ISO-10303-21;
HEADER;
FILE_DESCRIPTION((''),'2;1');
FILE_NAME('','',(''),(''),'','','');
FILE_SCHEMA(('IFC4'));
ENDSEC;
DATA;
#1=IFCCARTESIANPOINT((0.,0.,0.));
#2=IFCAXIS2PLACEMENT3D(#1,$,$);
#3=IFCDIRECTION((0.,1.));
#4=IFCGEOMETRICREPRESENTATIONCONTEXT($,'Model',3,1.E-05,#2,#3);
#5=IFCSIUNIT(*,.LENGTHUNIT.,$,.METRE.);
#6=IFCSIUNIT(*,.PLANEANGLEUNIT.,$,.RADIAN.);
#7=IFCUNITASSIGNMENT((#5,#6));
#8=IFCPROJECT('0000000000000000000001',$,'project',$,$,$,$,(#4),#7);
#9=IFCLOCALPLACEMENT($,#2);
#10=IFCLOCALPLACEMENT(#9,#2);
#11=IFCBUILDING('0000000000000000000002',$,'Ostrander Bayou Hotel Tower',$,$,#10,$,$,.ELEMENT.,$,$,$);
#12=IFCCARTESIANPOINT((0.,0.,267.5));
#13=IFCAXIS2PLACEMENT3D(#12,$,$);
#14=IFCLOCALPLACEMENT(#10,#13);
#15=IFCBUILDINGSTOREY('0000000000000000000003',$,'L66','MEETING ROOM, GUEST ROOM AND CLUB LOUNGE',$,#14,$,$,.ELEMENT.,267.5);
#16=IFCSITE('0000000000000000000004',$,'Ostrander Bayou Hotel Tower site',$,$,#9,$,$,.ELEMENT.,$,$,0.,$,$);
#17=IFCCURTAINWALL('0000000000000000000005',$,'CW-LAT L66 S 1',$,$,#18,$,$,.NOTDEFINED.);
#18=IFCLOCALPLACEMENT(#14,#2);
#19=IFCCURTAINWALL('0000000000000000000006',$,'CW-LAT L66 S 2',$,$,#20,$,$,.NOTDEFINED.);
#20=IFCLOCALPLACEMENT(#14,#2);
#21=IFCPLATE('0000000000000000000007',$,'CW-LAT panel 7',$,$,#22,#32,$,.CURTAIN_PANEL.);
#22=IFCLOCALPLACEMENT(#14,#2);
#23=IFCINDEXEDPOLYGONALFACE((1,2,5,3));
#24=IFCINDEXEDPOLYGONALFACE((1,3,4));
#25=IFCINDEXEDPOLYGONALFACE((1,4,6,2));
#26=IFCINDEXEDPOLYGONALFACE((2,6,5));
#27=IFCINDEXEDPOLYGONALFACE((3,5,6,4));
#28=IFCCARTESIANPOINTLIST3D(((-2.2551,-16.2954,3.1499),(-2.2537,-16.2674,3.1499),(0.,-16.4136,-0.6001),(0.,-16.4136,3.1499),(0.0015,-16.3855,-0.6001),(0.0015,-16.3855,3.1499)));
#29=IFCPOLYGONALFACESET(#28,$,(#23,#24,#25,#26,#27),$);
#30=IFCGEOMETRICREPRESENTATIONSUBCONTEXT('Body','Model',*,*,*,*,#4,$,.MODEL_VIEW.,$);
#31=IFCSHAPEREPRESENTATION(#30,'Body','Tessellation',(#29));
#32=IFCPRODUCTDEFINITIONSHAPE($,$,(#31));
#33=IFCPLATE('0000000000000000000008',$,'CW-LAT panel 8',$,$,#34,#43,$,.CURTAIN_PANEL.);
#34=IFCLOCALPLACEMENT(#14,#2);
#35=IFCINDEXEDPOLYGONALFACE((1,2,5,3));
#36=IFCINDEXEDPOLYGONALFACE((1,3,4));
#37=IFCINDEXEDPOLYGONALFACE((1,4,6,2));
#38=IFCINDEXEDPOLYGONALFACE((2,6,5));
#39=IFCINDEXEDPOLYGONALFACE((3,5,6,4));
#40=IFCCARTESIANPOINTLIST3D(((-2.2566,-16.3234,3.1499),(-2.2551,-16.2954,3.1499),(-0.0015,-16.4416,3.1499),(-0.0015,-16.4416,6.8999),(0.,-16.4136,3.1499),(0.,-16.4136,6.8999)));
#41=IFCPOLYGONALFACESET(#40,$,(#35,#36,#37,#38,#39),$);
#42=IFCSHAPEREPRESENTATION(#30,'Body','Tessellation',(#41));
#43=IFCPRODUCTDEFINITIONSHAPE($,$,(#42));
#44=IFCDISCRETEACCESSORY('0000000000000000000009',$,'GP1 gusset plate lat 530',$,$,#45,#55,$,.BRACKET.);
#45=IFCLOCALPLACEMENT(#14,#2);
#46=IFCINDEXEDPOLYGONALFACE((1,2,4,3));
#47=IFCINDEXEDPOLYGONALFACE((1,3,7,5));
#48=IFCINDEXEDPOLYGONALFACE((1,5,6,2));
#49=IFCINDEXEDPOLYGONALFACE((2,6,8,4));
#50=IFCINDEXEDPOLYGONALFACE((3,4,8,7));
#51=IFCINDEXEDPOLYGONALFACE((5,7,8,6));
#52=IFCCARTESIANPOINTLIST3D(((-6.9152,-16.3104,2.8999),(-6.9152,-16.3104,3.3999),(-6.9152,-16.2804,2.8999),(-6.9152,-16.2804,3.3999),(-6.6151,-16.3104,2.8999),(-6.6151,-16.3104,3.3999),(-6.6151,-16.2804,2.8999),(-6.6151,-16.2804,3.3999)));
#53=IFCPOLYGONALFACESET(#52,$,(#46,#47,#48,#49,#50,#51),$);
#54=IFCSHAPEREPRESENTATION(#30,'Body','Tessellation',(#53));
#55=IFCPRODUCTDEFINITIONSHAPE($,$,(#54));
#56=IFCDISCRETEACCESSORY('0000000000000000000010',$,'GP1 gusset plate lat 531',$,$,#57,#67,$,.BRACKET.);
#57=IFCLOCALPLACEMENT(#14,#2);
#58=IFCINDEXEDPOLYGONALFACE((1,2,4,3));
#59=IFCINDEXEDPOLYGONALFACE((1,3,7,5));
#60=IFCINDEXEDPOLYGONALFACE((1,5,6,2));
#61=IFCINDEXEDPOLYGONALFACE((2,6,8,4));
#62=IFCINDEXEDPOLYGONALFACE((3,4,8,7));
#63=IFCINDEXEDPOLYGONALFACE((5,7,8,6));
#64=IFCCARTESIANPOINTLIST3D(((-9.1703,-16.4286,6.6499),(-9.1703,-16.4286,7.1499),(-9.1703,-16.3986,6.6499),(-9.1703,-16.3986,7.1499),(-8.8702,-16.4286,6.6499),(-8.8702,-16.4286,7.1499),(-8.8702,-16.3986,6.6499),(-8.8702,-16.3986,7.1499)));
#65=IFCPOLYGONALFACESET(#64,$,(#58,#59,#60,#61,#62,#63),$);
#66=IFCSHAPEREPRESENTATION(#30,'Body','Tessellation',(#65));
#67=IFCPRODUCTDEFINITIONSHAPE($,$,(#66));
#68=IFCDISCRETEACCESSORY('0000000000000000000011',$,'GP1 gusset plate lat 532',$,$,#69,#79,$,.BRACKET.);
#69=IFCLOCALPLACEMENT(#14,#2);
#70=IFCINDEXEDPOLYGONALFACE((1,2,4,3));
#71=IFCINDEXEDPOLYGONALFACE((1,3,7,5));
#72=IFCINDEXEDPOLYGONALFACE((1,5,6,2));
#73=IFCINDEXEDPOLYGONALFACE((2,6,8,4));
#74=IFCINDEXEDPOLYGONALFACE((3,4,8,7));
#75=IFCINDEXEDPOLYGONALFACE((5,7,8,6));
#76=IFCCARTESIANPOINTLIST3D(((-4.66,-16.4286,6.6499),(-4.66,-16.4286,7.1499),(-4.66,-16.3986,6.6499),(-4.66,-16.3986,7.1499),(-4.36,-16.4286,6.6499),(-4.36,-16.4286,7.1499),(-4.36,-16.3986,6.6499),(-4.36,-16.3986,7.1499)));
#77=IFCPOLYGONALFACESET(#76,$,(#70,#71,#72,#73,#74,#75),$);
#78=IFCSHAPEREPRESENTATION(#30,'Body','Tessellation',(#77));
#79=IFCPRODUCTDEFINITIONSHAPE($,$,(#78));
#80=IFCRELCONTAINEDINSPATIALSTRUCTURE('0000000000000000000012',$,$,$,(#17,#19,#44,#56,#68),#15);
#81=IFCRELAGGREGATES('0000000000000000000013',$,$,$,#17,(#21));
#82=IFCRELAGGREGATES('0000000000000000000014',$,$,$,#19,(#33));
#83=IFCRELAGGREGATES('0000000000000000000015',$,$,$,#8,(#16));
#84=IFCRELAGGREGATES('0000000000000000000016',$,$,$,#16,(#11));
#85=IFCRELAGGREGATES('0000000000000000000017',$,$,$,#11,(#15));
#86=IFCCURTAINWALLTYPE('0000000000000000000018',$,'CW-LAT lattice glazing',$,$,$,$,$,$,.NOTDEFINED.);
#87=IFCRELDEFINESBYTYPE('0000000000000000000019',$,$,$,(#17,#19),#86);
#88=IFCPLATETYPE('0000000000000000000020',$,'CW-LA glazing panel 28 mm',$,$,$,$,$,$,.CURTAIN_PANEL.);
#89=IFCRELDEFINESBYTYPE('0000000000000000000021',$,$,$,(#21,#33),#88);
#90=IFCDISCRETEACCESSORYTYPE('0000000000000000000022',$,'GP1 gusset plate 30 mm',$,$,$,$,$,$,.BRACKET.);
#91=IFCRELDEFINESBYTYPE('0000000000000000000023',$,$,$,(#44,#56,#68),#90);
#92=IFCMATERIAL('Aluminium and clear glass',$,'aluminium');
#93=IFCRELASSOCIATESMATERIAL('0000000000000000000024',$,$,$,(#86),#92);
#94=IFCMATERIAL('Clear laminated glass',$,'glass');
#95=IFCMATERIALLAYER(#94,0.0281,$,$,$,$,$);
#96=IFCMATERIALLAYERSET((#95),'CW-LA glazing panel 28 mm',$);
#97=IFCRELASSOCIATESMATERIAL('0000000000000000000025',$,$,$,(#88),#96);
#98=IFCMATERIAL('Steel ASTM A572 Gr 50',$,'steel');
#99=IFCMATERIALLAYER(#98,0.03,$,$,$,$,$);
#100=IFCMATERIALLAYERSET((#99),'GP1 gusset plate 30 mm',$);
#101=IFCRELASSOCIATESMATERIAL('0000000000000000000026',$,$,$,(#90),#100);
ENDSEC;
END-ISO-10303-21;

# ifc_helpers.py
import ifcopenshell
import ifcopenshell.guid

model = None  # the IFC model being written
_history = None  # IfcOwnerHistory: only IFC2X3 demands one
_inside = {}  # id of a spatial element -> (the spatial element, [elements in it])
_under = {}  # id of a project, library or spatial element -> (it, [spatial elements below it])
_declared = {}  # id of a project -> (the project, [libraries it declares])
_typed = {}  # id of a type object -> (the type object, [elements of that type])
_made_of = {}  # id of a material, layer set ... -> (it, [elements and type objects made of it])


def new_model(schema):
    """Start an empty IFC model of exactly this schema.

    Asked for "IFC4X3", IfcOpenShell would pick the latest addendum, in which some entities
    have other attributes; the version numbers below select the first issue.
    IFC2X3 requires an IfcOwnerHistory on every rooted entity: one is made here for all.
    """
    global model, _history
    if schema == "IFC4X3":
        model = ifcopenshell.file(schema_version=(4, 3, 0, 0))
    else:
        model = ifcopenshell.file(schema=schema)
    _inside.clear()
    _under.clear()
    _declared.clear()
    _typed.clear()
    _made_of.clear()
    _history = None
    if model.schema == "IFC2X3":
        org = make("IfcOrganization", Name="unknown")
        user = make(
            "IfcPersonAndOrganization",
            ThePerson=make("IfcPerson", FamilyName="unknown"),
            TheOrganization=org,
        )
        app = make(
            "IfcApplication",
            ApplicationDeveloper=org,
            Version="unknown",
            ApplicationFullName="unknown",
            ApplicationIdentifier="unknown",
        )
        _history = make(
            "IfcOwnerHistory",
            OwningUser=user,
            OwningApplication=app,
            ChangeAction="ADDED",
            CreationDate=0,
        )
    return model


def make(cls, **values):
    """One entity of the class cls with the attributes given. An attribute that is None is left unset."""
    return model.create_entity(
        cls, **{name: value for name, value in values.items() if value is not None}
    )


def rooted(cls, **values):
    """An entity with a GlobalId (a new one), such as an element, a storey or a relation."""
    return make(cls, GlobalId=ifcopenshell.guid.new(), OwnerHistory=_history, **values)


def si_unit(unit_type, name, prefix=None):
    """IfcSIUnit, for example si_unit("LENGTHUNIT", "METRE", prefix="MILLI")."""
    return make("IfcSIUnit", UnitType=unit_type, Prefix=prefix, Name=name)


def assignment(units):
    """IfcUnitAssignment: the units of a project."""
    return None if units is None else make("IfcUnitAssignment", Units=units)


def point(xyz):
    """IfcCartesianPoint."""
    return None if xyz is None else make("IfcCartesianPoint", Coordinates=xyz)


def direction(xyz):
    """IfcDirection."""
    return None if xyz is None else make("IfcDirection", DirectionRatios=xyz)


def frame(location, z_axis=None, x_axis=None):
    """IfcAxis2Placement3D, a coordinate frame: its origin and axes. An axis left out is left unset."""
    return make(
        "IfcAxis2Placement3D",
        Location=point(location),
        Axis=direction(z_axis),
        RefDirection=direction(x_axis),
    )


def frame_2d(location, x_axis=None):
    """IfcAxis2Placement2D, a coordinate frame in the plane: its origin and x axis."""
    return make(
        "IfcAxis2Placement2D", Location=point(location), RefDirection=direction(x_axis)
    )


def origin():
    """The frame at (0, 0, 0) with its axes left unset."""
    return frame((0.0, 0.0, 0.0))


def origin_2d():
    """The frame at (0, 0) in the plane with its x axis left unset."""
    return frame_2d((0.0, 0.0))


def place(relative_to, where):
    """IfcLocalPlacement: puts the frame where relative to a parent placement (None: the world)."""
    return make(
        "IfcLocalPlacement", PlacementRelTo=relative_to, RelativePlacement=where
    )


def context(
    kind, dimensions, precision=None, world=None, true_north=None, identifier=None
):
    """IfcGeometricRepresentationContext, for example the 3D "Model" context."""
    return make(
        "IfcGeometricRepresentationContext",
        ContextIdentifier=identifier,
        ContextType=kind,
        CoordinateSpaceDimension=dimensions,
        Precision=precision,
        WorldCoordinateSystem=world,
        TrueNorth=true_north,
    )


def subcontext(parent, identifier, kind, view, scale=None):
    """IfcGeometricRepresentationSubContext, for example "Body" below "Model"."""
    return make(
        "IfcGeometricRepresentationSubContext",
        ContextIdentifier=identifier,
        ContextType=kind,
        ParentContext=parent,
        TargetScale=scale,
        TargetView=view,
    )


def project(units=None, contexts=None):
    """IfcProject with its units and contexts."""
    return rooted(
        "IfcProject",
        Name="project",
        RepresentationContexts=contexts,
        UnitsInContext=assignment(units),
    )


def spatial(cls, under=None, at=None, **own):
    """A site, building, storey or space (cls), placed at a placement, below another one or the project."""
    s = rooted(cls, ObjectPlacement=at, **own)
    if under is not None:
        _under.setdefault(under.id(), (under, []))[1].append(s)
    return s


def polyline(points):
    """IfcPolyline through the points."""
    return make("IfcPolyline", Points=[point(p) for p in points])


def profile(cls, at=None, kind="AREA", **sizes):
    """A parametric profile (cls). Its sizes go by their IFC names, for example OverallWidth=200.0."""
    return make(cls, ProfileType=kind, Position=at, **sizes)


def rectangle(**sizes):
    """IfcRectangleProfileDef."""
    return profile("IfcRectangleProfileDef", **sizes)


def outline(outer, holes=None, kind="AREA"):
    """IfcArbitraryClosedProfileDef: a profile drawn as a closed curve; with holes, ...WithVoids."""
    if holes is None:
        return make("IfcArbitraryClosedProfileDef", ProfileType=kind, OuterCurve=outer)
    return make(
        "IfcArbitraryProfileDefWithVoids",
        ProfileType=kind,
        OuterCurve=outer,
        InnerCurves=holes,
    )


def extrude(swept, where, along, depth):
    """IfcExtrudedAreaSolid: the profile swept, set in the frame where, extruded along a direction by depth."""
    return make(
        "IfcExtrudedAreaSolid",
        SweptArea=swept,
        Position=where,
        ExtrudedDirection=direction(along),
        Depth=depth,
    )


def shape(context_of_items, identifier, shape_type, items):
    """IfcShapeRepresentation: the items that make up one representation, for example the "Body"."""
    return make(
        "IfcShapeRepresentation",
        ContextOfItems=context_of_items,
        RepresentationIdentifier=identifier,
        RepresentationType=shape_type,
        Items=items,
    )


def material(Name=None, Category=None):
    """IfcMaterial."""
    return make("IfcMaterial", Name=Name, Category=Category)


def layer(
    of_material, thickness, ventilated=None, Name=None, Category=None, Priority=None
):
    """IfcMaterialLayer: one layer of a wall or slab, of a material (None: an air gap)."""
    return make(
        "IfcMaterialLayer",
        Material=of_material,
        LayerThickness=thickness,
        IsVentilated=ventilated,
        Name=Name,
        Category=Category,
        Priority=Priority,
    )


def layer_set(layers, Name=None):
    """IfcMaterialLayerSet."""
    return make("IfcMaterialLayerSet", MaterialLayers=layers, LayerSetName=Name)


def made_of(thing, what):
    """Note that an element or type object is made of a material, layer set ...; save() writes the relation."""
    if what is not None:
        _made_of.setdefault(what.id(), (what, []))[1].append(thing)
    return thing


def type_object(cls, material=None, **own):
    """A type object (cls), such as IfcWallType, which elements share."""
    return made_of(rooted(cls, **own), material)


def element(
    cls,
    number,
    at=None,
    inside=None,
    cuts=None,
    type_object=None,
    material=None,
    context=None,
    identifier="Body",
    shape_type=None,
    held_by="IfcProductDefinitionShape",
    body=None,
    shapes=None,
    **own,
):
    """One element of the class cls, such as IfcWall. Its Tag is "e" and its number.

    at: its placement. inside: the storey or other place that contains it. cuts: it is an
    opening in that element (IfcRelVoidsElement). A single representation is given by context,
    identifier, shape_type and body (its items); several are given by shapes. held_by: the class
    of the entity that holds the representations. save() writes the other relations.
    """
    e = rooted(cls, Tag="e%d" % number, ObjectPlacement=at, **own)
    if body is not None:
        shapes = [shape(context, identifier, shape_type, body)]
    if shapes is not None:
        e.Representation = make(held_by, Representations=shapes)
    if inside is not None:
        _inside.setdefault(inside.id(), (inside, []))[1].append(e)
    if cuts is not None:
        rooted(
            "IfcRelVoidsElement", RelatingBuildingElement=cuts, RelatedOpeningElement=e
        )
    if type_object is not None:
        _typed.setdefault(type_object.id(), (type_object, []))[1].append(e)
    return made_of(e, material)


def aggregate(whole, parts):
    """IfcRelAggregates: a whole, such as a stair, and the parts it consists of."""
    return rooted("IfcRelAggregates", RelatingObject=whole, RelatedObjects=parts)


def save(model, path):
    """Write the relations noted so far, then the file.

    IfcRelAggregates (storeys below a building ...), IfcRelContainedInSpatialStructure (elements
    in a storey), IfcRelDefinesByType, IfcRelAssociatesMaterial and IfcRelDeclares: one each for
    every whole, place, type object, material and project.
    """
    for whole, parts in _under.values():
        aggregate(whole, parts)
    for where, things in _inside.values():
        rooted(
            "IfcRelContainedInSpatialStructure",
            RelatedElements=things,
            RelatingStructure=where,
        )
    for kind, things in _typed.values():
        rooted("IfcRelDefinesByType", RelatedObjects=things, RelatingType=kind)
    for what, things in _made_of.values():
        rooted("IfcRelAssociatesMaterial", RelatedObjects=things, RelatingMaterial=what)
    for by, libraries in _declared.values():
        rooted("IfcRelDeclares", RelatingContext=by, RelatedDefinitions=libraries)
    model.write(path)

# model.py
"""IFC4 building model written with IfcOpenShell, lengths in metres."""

from ifc_helpers import new_model, si_unit, direction, frame, origin, origin_2d, place, context, subcontext, project, spatial, polyline, rectangle, outline, extrude, material, layer, layer_set, type_object, element, aggregate, save


model = new_model("IFC4")

# Units and contexts
model_context = context("Model", 3, precision=1e-05, world=origin(), true_north=direction((0.0, 1.0)))
body_context = subcontext(model_context, "Body", "Model", "MODEL_VIEW")
ifc_project = project(units=[si_unit("LENGTHUNIT", "METRE"), si_unit("PLANEANGLEUNIT", "RADIAN")], contexts=[model_context])

# Site, building, storey
site_placement = place(None, origin())
site = spatial("IfcSite", under=ifc_project, at=site_placement, Name="Ostrander Bayou Hotel Tower site", CompositionType="ELEMENT", RefElevation=0.0)
building_placement = place(site_placement, origin())
building = spatial("IfcBuilding", under=site, at=building_placement, Name="Ostrander Bayou Hotel Tower", CompositionType="ELEMENT")
storey_placement = place(building_placement, frame((0.0, 0.0, 267.5)))
storey = spatial("IfcBuildingStorey", under=building, at=storey_placement, Name="L66", Description="MEETING ROOM, GUEST ROOM AND CLUB LOUNGE", CompositionType="ELEMENT", Elevation=267.5)

# Curtain walls
ifc_material_1 = material(Name="Aluminium and clear glass", Category="aluminium")
curtain_wall_type = type_object("IfcCurtainWallType", Name="CW-LAT lattice glazing", PredefinedType="NOTDEFINED", material=ifc_material_1)
curtain_wall_1_placement = place(storey_placement, origin())
curtain_wall_1 = element("IfcCurtainWall", 1, at=curtain_wall_1_placement, inside=storey, type_object=curtain_wall_type, Name="CW-LAT L66 S 1", PredefinedType="NOTDEFINED")
curtain_wall_2_placement = place(storey_placement, origin())
curtain_wall_2 = element("IfcCurtainWall", 2, at=curtain_wall_2_placement, inside=storey, type_object=curtain_wall_type, Name="CW-LAT L66 S 2", PredefinedType="NOTDEFINED")

# Shared definitions
ifc_material_2 = material(Name="Clear laminated glass", Category="glass")
ifc_layer_1 = layer(ifc_material_2, 0.0281)
ifc_layer_set_1 = layer_set([ifc_layer_1], Name="CW-LA glazing panel 28 mm")
plate_type = type_object("IfcPlateType", Name="CW-LA glazing panel 28 mm", PredefinedType="CURTAIN_PANEL", material=ifc_layer_set_1)

# Plates
plate_1_placement = place(storey_placement, frame((-2.2551, -16.2954, 3.1499), z_axis=(-0.052326, -0.99863, 0.0), x_axis=(0.515169, -0.026994, -0.856663)))
plate_1 = element("IfcPlate", 3, at=plate_1_placement, type_object=plate_type, Name="CW-LAT panel 7", PredefinedType="CURTAIN_PANEL", context=body_context, shape_type="SweptSolid", body=[
    extrude(outline(polyline([(0.0, 0.0), (4.3774, 0.0), (1.165, 1.9345), (0.0, 0.0)])), origin(), (0.0, 0.0, -1.0), 0.0281),
])
aggregate(curtain_wall_1, [plate_1])
plate_2_placement = place(storey_placement, frame((-2.2551, -16.2954, 3.1499), z_axis=(0.052326, 0.99863, 0.0), x_axis=(0.515169, -0.026994, 0.856663)))
plate_2 = element("IfcPlate", 4, at=plate_2_placement, type_object=plate_type, Name="CW-LAT panel 8", PredefinedType="CURTAIN_PANEL", context=body_context, shape_type="SweptSolid", body=[
    extrude(outline(polyline([(0.0, 0.0), (4.3774, 0.0), (1.165, 1.9345), (0.0, 0.0)])), origin(), (0.0, 0.0, -1.0), 0.0281),
])
aggregate(curtain_wall_2, [plate_2])

# Discrete accessories
ifc_material_3 = material(Name="Steel ASTM A572 Gr 50", Category="steel")
ifc_layer_2 = layer(ifc_material_3, 0.03)
ifc_layer_set_2 = layer_set([ifc_layer_2], Name="GP1 gusset plate 30 mm")
discrete_accessory_type = type_object("IfcDiscreteAccessoryType", Name="GP1 gusset plate 30 mm", PredefinedType="BRACKET", material=ifc_layer_set_2)
for number, where, z_axis, x_axis, name in (
    (5, (-6.7651, -16.2954, 2.8999), (0.0, 0.0, 1.0), (1.0, 0.0, 0.0), "GP1 gusset plate lat 530"),
    (6, (-9.0203, -16.4136, 6.6499), (0.0, 0.0, 1.0), (1.0, 0.0, 0.0), "GP1 gusset plate lat 531"),
    (7, (-4.51, -16.4136, 6.6499), (0.0, 0.0, 1.0), (1.0, 0.0, 0.0), "GP1 gusset plate lat 532"),
):
    element("IfcDiscreteAccessory", number, at=place(storey_placement, frame(where, z_axis=z_axis, x_axis=x_axis)), inside=storey, type_object=discrete_accessory_type, Name=name, PredefinedType="BRACKET", context=body_context, shape_type="SweptSolid", body=[
        extrude(rectangle(XDim=0.3, YDim=0.03, at=origin_2d()), origin(), (0.0, 0.0, 1.0), 0.5),
    ])

save(model, "model.ifc")
